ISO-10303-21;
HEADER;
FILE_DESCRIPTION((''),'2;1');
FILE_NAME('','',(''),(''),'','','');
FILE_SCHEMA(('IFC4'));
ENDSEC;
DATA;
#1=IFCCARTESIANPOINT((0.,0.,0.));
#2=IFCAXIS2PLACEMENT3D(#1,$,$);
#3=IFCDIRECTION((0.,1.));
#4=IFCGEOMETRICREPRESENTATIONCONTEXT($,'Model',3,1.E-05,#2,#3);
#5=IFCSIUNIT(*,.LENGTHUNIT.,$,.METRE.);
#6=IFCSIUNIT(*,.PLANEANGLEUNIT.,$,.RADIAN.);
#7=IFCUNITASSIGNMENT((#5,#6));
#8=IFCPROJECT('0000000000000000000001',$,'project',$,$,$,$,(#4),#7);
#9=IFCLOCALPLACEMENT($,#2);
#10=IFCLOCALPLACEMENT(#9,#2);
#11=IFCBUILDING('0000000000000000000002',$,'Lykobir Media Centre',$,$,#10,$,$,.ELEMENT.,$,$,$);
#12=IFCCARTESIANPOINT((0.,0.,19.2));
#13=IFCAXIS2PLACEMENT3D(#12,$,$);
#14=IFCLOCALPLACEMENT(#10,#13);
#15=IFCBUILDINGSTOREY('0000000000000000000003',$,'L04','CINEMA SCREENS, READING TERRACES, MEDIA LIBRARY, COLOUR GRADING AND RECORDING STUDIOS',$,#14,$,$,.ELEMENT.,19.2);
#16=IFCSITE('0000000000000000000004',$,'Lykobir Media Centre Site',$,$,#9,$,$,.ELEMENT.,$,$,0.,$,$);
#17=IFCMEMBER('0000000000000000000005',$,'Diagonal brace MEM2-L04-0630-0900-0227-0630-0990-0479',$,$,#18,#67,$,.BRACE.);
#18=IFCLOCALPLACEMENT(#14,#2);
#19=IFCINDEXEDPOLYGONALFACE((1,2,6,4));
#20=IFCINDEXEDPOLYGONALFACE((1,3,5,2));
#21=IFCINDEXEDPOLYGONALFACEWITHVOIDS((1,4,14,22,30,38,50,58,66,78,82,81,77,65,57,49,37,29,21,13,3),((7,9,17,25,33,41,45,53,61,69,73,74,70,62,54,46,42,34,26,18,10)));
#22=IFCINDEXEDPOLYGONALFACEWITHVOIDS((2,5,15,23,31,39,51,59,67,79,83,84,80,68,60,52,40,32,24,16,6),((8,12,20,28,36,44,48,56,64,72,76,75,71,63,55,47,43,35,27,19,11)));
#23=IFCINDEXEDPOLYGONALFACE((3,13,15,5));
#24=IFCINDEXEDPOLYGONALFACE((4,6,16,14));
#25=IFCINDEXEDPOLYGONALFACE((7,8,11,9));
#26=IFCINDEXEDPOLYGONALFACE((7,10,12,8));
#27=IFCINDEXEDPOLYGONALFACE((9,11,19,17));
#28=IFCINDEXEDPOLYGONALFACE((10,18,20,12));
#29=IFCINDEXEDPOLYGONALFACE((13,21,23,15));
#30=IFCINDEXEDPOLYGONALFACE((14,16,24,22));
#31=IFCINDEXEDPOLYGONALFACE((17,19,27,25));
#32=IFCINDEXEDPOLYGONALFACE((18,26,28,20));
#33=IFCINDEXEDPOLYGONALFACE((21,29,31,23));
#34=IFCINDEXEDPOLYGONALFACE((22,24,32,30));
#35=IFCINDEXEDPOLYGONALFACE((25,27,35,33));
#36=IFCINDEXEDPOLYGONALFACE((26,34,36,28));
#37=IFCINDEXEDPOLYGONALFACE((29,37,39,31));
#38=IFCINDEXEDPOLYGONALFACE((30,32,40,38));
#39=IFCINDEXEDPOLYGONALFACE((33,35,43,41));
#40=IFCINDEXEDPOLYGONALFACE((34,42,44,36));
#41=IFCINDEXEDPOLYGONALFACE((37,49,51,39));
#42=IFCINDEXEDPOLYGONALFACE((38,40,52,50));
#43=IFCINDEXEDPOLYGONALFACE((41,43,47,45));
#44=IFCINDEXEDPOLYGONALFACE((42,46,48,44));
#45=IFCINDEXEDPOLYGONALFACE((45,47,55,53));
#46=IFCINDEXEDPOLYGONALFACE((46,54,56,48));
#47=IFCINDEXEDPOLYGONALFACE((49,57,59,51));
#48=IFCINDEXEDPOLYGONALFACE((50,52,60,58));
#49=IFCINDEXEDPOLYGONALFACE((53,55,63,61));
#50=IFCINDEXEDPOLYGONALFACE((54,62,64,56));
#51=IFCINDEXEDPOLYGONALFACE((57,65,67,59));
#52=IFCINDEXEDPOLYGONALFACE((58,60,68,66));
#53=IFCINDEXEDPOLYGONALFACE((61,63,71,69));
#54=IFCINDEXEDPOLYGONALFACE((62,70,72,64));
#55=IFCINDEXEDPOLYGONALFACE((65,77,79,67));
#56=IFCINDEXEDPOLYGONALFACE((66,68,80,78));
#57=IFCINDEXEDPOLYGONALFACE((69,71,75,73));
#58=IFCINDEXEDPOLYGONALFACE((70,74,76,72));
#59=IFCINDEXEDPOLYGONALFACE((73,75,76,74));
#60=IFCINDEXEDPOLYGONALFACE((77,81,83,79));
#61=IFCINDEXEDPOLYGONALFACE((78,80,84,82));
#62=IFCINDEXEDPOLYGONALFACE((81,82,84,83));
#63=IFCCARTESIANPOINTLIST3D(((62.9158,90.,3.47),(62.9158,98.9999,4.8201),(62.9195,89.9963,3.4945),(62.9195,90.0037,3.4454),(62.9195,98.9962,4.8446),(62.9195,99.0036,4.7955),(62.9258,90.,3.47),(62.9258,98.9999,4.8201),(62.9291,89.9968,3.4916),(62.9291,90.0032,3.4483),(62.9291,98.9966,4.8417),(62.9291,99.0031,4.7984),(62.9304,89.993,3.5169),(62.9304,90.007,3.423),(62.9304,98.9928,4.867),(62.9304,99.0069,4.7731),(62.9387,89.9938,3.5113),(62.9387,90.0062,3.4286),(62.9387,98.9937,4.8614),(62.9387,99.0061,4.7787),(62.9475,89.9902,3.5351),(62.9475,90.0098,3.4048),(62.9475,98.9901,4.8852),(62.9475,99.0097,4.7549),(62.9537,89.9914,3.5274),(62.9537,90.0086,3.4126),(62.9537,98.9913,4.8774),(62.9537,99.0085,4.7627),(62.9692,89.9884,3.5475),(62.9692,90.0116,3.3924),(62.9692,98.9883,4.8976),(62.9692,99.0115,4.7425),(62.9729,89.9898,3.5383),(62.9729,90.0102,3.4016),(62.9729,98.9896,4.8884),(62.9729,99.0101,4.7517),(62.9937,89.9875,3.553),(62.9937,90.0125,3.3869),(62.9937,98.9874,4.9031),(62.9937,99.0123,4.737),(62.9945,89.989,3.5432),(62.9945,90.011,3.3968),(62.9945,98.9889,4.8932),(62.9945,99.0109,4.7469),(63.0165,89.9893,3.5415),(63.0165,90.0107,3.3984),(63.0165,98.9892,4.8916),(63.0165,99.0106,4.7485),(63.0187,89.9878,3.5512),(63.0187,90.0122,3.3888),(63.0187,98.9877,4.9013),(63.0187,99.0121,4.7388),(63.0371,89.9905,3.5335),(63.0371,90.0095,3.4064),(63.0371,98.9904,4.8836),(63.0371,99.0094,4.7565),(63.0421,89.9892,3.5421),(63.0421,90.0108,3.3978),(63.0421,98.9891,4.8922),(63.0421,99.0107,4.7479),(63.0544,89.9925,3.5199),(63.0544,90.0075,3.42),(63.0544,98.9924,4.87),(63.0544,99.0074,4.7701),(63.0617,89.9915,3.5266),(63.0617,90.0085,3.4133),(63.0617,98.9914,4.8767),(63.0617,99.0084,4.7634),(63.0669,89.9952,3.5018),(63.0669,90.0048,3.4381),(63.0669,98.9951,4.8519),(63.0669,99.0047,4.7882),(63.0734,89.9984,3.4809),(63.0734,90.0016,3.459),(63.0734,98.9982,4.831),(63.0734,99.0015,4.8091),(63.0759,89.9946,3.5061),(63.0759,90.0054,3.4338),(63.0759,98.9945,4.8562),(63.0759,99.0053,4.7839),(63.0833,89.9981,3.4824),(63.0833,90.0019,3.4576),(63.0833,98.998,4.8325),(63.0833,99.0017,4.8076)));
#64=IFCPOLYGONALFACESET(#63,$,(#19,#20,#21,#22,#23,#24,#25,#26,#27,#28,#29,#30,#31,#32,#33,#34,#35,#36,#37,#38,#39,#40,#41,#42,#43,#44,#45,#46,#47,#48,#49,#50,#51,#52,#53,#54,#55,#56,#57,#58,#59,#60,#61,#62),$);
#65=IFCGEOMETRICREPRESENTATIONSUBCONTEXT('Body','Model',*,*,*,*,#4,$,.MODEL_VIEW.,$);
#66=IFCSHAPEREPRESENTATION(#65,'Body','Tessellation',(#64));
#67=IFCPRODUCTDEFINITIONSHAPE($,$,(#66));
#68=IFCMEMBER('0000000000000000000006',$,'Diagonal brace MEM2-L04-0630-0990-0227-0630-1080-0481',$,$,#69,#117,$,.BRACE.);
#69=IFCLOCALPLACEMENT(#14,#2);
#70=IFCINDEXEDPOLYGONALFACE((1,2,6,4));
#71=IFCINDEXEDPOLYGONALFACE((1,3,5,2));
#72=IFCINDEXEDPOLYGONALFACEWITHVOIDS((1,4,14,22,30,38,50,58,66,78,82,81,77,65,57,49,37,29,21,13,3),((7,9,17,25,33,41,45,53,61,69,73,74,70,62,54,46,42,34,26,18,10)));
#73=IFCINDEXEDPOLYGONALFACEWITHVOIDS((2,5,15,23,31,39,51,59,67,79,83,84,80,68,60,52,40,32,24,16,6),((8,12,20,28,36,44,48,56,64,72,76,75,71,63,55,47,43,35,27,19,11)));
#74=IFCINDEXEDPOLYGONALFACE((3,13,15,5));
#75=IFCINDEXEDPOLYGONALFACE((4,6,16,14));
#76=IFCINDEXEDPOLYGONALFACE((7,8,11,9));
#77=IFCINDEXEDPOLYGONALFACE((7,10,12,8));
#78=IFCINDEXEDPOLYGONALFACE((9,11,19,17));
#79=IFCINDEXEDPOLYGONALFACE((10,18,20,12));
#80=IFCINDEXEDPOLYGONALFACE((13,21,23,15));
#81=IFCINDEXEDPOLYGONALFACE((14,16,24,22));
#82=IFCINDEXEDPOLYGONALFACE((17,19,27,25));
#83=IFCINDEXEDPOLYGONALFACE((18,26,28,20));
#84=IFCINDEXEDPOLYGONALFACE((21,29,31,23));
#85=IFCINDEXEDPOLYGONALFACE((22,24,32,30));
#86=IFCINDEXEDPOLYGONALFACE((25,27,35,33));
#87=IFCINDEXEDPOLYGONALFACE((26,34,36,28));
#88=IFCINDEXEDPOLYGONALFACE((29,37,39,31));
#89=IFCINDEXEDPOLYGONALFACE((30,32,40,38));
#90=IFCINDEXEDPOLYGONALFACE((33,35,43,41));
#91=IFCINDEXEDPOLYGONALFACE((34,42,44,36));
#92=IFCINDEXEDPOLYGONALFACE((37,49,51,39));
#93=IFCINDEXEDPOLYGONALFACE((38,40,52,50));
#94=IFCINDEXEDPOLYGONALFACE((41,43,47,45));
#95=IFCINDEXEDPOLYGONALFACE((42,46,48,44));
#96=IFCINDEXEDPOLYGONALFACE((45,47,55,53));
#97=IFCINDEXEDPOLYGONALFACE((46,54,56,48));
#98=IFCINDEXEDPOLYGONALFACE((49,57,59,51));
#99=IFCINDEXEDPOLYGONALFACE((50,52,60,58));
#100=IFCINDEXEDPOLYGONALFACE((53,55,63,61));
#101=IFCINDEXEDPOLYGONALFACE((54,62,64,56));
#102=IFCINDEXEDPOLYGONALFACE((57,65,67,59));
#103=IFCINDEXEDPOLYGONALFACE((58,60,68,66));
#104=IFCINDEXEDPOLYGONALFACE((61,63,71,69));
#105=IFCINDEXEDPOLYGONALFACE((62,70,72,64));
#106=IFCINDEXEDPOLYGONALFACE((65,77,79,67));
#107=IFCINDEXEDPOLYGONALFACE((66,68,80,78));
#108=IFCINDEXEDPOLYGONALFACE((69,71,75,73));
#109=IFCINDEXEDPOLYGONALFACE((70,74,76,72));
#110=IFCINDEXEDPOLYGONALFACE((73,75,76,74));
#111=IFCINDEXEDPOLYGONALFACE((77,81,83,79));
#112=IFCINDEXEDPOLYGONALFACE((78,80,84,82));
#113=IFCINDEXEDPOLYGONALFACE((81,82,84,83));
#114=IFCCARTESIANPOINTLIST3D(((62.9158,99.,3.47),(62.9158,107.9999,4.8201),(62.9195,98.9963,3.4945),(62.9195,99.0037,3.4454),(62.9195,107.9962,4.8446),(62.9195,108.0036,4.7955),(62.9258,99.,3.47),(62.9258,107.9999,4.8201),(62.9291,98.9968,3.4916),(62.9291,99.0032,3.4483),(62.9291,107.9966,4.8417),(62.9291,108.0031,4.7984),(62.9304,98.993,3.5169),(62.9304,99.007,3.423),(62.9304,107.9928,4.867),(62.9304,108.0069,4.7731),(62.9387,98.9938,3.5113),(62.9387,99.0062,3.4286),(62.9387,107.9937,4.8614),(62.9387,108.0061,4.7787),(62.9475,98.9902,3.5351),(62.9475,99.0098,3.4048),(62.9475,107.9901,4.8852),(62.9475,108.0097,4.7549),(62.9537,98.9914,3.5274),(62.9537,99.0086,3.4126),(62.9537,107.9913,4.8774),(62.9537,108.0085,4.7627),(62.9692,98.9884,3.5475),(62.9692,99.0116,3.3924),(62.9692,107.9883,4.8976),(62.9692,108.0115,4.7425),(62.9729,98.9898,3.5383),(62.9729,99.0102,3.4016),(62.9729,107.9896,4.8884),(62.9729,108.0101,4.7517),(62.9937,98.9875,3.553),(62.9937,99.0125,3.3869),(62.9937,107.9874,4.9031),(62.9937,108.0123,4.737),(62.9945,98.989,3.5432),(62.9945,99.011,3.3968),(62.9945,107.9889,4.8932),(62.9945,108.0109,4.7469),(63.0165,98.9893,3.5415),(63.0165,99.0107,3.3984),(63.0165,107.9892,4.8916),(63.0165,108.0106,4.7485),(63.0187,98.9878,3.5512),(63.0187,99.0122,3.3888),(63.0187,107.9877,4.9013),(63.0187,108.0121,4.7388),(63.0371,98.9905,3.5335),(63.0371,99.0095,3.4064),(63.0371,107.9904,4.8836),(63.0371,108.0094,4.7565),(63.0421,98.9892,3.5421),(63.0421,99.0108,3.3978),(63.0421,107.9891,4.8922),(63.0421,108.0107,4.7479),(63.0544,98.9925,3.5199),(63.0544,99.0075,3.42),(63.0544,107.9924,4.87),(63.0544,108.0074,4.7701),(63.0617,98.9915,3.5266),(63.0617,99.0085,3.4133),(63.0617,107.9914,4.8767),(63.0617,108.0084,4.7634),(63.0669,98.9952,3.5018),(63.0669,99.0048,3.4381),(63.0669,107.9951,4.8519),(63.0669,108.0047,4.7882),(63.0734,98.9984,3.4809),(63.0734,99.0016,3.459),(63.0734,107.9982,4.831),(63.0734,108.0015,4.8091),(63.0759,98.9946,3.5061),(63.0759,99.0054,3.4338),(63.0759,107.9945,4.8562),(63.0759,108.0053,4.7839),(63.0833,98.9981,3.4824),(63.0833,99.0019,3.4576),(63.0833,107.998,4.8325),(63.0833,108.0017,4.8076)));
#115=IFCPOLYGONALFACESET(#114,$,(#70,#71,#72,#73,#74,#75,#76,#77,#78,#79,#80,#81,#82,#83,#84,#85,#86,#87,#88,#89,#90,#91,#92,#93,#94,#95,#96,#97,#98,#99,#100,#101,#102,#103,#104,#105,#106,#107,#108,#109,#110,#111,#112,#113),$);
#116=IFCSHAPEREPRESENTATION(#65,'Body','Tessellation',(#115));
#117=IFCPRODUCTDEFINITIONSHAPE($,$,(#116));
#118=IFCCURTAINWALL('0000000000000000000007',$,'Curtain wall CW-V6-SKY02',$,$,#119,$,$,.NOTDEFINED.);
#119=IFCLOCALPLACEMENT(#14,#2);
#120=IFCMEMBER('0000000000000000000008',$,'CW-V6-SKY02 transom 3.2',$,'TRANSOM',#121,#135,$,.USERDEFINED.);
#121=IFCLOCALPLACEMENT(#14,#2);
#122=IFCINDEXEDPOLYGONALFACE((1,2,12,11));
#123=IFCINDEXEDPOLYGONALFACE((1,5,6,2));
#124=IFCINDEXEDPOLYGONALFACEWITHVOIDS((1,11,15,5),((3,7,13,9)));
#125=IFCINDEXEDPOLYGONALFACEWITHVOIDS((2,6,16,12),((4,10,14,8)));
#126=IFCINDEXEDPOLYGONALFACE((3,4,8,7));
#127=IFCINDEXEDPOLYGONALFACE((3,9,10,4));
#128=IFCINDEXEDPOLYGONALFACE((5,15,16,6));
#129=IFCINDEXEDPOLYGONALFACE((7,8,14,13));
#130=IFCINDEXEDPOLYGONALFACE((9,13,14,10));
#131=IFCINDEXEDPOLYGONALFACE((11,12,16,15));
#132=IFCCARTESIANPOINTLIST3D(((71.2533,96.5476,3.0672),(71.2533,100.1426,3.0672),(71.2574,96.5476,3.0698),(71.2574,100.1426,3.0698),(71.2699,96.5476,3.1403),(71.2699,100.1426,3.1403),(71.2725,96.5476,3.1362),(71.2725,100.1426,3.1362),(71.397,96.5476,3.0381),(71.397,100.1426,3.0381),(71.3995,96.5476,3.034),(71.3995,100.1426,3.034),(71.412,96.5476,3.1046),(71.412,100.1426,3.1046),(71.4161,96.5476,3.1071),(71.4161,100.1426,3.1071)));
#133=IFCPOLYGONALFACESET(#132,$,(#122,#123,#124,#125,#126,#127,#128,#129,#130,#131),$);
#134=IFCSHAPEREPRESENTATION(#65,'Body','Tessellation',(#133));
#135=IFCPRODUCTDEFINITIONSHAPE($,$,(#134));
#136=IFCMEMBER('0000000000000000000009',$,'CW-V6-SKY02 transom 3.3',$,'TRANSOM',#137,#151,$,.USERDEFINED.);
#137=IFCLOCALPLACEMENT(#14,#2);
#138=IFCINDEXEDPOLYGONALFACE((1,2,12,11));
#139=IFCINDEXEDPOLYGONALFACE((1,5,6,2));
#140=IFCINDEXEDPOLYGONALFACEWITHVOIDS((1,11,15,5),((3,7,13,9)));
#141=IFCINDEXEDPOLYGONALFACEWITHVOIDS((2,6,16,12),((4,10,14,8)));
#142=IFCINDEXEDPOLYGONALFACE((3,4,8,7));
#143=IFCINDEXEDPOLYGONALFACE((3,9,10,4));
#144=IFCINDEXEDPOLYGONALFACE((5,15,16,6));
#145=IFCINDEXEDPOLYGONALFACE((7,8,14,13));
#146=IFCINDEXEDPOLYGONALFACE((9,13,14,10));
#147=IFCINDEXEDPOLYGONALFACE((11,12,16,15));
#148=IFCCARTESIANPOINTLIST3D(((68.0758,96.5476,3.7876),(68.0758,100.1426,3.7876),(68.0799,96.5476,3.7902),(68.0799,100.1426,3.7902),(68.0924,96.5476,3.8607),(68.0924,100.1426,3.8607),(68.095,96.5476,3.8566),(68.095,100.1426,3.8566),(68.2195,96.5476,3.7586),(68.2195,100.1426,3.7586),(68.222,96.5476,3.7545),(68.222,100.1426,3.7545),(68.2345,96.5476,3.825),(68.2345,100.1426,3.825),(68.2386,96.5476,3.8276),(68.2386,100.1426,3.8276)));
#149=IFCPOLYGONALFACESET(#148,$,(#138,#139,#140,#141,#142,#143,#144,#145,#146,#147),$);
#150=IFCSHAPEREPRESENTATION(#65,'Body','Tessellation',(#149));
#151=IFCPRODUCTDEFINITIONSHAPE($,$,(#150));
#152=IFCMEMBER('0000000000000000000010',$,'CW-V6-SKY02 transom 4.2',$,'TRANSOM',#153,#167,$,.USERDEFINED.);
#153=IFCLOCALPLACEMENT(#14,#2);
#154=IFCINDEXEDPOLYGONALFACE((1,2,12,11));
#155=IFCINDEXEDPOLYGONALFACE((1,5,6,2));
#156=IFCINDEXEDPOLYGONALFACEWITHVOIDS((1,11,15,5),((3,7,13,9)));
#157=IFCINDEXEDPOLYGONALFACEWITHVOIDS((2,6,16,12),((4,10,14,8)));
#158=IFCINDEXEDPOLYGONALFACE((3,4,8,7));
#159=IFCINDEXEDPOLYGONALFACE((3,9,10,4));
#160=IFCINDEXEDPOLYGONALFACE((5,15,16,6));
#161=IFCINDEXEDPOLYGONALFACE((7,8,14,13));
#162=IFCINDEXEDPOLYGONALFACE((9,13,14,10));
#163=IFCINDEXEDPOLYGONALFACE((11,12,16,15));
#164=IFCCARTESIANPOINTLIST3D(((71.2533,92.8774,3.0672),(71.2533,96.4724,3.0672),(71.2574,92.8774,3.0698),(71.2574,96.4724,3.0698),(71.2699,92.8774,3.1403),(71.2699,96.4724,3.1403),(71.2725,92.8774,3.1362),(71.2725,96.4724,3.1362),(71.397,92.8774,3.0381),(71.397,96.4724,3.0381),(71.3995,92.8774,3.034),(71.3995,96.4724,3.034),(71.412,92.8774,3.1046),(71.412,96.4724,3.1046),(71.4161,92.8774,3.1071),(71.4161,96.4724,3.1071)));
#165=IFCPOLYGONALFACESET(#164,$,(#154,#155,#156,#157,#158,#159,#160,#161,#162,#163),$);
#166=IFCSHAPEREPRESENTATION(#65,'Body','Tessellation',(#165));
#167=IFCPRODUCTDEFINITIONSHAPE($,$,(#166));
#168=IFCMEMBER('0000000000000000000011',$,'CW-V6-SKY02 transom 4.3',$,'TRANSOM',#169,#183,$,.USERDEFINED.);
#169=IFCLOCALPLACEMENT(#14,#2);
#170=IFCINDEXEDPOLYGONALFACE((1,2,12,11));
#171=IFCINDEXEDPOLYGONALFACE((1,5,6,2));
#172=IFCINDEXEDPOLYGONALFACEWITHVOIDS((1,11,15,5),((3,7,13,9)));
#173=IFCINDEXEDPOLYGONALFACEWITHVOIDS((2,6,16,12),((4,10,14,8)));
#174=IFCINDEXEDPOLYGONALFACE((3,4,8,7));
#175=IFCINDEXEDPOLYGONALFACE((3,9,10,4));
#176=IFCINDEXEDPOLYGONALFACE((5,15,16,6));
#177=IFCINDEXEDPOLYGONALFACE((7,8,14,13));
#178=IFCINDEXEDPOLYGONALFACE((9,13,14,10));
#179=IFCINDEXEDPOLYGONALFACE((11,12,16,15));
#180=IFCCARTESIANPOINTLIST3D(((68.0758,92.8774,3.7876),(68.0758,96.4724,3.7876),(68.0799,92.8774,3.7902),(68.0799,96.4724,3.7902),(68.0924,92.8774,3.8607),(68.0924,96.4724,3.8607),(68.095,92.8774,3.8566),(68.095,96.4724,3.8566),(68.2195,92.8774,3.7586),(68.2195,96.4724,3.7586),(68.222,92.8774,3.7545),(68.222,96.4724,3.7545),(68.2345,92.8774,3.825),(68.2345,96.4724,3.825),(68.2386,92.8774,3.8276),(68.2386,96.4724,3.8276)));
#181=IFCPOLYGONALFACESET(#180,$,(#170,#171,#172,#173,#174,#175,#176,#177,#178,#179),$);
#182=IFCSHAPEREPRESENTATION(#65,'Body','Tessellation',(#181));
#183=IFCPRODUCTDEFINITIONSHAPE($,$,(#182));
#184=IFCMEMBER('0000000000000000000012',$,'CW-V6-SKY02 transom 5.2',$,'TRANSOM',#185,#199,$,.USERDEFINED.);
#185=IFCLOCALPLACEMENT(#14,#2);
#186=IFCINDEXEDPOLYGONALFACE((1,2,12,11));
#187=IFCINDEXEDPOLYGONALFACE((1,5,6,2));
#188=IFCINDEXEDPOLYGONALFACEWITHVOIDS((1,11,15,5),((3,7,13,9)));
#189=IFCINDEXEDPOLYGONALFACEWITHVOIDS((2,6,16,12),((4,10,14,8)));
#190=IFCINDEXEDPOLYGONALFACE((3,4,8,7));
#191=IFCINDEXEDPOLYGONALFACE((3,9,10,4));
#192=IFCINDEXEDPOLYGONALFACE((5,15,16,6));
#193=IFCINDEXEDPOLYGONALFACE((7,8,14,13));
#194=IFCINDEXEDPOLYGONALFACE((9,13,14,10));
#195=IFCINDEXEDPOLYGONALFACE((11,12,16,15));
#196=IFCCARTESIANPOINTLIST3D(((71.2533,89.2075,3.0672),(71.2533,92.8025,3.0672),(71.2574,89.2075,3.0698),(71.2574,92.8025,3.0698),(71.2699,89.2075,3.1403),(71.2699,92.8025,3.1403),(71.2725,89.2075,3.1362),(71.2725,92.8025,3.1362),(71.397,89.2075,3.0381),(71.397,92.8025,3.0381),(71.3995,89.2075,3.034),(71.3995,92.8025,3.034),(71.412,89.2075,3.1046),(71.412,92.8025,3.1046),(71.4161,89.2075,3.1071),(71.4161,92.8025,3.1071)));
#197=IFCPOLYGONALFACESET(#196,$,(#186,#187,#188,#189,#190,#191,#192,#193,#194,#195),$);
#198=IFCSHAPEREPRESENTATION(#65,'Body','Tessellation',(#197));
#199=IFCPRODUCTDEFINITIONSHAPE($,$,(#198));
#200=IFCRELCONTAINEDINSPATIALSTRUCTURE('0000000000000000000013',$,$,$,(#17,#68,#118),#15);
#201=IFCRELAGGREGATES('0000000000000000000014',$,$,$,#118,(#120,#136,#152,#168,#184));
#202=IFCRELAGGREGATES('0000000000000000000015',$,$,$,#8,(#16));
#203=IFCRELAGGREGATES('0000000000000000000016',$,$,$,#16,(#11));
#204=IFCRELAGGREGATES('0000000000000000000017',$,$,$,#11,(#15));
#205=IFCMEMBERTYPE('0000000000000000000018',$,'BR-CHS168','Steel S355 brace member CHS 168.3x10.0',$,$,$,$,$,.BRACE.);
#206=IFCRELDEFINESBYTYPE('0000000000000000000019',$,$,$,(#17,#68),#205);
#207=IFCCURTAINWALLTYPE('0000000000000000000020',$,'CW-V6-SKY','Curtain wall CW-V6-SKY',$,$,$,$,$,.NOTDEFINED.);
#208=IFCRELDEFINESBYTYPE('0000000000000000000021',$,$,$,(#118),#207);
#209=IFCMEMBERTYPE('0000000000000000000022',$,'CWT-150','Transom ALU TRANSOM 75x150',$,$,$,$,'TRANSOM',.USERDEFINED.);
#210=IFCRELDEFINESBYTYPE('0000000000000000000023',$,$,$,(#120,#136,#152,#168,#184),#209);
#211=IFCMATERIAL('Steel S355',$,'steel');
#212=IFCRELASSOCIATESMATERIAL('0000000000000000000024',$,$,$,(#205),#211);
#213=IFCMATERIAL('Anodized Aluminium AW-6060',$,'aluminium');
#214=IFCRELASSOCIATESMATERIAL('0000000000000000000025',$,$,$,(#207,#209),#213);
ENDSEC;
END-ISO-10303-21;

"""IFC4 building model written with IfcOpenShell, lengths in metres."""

from ifc_helpers import new_model, si_unit, direction, frame, origin, origin_2d, place, context, subcontext, project, spatial, hollow_rectangle, hollow_circle, extrude, material, material_profile, profile_set, type_object, element, aggregate, save


model = new_model("IFC4")

# Units and contexts
model_context = context("Model", 3, precision=1e-05, world=origin(), true_north=direction((0.0, 1.0)))
body_context = subcontext(model_context, "Body", "Model", "MODEL_VIEW")
ifc_project = project(units=[si_unit("LENGTHUNIT", "METRE"), si_unit("PLANEANGLEUNIT", "RADIAN")], contexts=[model_context])

# Site, building, storey
site_placement = place(None, origin())
site = spatial("IfcSite", under=ifc_project, at=site_placement, Name="Lykobir Media Centre Site", CompositionType="ELEMENT", RefElevation=0.0)
building_placement = place(site_placement, origin())
building = spatial("IfcBuilding", under=site, at=building_placement, Name="Lykobir Media Centre", CompositionType="ELEMENT")
storey_placement = place(building_placement, frame((0.0, 0.0, 19.2)))
storey = spatial("IfcBuildingStorey", under=building, at=storey_placement, Name="L04", Description="CINEMA SCREENS, READING TERRACES, MEDIA LIBRARY, COLOUR GRADING AND RECORDING STUDIOS", CompositionType="ELEMENT", Elevation=19.2)

# Members
ifc_material_1 = material(Name="Steel S355", Category="steel")
ifc_material_profile_1 = material_profile(ifc_material_1, hollow_circle(Radius=0.0842, WallThickness=0.01, at=origin_2d()), Name="CHS 168.3x10.0")
ifc_profile_set_1 = profile_set([ifc_material_profile_1], Name="Steel S355")
member_type_1 = type_object("IfcMemberType", Name="BR-CHS168", Description="Steel S355 brace member CHS 168.3x10.0", PredefinedType="BRACE", material=ifc_profile_set_1)
for number, where, z_axis, x_axis, name in (
    (1, (63.0, 90.0, 3.47), (0.0, 0.988935, 0.148351), (-1.0, 0.0, 0.0), "Diagonal brace MEM2-L04-0630-0900-0227-0630-0990-0479"),
    (2, (63.0, 99.0, 3.47), (0.0, 0.988935, 0.148351), (-1.0, 0.0, 0.0), "Diagonal brace MEM2-L04-0630-0990-0227-0630-1080-0481"),
):
    element("IfcMember", number, at=place(storey_placement, frame(where, z_axis=z_axis, x_axis=x_axis)), inside=storey, type_object=member_type_1, Name=name, PredefinedType="BRACE", context=body_context, shape_type="SweptSolid", body=[
        extrude(hollow_circle(Radius=0.0842, WallThickness=0.01, at=origin_2d()), origin(), (0.0, 0.0, 1.0), 9.1006),
    ])

# Curtain wall, members
ifc_material_2 = material(Name="Anodized Aluminium AW-6060", Category="aluminium")
curtain_wall_type = type_object("IfcCurtainWallType", Name="CW-V6-SKY", Description="Curtain wall CW-V6-SKY", PredefinedType="NOTDEFINED", material=ifc_material_2)
curtain_wall_1_placement = place(storey_placement, origin())
curtain_wall_1 = element("IfcCurtainWall", 3, at=curtain_wall_1_placement, inside=storey, type_object=curtain_wall_type, Name="Curtain wall CW-V6-SKY02", PredefinedType="NOTDEFINED")
ifc_material_profile_2 = material_profile(ifc_material_2, hollow_rectangle(XDim=0.075, YDim=0.1499, WallThickness=0.0034, at=origin_2d()), Name="ALU TRANSOM 75x150")
ifc_profile_set_2 = profile_set([ifc_material_profile_2], Name="Anodized Aluminium AW-6060")
member_type_2 = type_object("IfcMemberType", Name="CWT-150", Description="Transom ALU TRANSOM 75x150", ElementType="TRANSOM", PredefinedType="USERDEFINED", material=ifc_profile_set_2)
member_1_placement = place(storey_placement, frame((71.3347, 100.1426, 3.0872), z_axis=(0.0, -1.0, 0.0), x_axis=(0.221072, 0.0, 0.975258)))
member_1 = element("IfcMember", 4, at=member_1_placement, type_object=member_type_2, Name="CW-V6-SKY02 transom 3.2", ObjectType="TRANSOM", PredefinedType="USERDEFINED", context=body_context, shape_type="SweptSolid", body=[
    extrude(hollow_rectangle(XDim=0.075, YDim=0.1499, WallThickness=0.0034, at=origin_2d()), origin(), (0.0, 0.0, 1.0), 3.595),
])
member_2_placement = place(storey_placement, frame((68.1572, 100.1426, 3.8076), z_axis=(0.0, -1.0, 0.0), x_axis=(0.221072, 0.0, 0.975258)))
member_2 = element("IfcMember", 5, at=member_2_placement, type_object=member_type_2, Name="CW-V6-SKY02 transom 3.3", ObjectType="TRANSOM", PredefinedType="USERDEFINED", context=body_context, shape_type="SweptSolid", body=[
    extrude(hollow_rectangle(XDim=0.075, YDim=0.1499, WallThickness=0.0034, at=origin_2d()), origin(), (0.0, 0.0, 1.0), 3.595),
])
member_3_placement = place(storey_placement, frame((71.3347, 96.4724, 3.0872), z_axis=(0.0, -1.0, 0.0), x_axis=(0.221072, 0.0, 0.975258)))
member_3 = element("IfcMember", 6, at=member_3_placement, type_object=member_type_2, Name="CW-V6-SKY02 transom 4.2", ObjectType="TRANSOM", PredefinedType="USERDEFINED", context=body_context, shape_type="SweptSolid", body=[
    extrude(hollow_rectangle(XDim=0.075, YDim=0.1499, WallThickness=0.0034, at=origin_2d()), origin(), (0.0, 0.0, 1.0), 3.595),
])
member_4_placement = place(storey_placement, frame((68.1572, 96.4724, 3.8076), z_axis=(0.0, -1.0, 0.0), x_axis=(0.221072, 0.0, 0.975258)))
member_4 = element("IfcMember", 7, at=member_4_placement, type_object=member_type_2, Name="CW-V6-SKY02 transom 4.3", ObjectType="TRANSOM", PredefinedType="USERDEFINED", context=body_context, shape_type="SweptSolid", body=[
    extrude(hollow_rectangle(XDim=0.075, YDim=0.1499, WallThickness=0.0034, at=origin_2d()), origin(), (0.0, 0.0, 1.0), 3.595),
])
member_5_placement = place(storey_placement, frame((71.3347, 92.8025, 3.0872), z_axis=(0.0, -1.0, 0.0), x_axis=(0.221072, 0.0, 0.975258)))
member_5 = element("IfcMember", 8, at=member_5_placement, type_object=member_type_2, Name="CW-V6-SKY02 transom 5.2", ObjectType="TRANSOM", PredefinedType="USERDEFINED", context=body_context, shape_type="SweptSolid", body=[
    extrude(hollow_rectangle(XDim=0.075, YDim=0.1499, WallThickness=0.0034, at=origin_2d()), origin(), (0.0, 0.0, 1.0), 3.595),
])

aggregate(curtain_wall_1, [member_1, member_2, member_3, member_4, member_5])

save(model, "model.ifc")
